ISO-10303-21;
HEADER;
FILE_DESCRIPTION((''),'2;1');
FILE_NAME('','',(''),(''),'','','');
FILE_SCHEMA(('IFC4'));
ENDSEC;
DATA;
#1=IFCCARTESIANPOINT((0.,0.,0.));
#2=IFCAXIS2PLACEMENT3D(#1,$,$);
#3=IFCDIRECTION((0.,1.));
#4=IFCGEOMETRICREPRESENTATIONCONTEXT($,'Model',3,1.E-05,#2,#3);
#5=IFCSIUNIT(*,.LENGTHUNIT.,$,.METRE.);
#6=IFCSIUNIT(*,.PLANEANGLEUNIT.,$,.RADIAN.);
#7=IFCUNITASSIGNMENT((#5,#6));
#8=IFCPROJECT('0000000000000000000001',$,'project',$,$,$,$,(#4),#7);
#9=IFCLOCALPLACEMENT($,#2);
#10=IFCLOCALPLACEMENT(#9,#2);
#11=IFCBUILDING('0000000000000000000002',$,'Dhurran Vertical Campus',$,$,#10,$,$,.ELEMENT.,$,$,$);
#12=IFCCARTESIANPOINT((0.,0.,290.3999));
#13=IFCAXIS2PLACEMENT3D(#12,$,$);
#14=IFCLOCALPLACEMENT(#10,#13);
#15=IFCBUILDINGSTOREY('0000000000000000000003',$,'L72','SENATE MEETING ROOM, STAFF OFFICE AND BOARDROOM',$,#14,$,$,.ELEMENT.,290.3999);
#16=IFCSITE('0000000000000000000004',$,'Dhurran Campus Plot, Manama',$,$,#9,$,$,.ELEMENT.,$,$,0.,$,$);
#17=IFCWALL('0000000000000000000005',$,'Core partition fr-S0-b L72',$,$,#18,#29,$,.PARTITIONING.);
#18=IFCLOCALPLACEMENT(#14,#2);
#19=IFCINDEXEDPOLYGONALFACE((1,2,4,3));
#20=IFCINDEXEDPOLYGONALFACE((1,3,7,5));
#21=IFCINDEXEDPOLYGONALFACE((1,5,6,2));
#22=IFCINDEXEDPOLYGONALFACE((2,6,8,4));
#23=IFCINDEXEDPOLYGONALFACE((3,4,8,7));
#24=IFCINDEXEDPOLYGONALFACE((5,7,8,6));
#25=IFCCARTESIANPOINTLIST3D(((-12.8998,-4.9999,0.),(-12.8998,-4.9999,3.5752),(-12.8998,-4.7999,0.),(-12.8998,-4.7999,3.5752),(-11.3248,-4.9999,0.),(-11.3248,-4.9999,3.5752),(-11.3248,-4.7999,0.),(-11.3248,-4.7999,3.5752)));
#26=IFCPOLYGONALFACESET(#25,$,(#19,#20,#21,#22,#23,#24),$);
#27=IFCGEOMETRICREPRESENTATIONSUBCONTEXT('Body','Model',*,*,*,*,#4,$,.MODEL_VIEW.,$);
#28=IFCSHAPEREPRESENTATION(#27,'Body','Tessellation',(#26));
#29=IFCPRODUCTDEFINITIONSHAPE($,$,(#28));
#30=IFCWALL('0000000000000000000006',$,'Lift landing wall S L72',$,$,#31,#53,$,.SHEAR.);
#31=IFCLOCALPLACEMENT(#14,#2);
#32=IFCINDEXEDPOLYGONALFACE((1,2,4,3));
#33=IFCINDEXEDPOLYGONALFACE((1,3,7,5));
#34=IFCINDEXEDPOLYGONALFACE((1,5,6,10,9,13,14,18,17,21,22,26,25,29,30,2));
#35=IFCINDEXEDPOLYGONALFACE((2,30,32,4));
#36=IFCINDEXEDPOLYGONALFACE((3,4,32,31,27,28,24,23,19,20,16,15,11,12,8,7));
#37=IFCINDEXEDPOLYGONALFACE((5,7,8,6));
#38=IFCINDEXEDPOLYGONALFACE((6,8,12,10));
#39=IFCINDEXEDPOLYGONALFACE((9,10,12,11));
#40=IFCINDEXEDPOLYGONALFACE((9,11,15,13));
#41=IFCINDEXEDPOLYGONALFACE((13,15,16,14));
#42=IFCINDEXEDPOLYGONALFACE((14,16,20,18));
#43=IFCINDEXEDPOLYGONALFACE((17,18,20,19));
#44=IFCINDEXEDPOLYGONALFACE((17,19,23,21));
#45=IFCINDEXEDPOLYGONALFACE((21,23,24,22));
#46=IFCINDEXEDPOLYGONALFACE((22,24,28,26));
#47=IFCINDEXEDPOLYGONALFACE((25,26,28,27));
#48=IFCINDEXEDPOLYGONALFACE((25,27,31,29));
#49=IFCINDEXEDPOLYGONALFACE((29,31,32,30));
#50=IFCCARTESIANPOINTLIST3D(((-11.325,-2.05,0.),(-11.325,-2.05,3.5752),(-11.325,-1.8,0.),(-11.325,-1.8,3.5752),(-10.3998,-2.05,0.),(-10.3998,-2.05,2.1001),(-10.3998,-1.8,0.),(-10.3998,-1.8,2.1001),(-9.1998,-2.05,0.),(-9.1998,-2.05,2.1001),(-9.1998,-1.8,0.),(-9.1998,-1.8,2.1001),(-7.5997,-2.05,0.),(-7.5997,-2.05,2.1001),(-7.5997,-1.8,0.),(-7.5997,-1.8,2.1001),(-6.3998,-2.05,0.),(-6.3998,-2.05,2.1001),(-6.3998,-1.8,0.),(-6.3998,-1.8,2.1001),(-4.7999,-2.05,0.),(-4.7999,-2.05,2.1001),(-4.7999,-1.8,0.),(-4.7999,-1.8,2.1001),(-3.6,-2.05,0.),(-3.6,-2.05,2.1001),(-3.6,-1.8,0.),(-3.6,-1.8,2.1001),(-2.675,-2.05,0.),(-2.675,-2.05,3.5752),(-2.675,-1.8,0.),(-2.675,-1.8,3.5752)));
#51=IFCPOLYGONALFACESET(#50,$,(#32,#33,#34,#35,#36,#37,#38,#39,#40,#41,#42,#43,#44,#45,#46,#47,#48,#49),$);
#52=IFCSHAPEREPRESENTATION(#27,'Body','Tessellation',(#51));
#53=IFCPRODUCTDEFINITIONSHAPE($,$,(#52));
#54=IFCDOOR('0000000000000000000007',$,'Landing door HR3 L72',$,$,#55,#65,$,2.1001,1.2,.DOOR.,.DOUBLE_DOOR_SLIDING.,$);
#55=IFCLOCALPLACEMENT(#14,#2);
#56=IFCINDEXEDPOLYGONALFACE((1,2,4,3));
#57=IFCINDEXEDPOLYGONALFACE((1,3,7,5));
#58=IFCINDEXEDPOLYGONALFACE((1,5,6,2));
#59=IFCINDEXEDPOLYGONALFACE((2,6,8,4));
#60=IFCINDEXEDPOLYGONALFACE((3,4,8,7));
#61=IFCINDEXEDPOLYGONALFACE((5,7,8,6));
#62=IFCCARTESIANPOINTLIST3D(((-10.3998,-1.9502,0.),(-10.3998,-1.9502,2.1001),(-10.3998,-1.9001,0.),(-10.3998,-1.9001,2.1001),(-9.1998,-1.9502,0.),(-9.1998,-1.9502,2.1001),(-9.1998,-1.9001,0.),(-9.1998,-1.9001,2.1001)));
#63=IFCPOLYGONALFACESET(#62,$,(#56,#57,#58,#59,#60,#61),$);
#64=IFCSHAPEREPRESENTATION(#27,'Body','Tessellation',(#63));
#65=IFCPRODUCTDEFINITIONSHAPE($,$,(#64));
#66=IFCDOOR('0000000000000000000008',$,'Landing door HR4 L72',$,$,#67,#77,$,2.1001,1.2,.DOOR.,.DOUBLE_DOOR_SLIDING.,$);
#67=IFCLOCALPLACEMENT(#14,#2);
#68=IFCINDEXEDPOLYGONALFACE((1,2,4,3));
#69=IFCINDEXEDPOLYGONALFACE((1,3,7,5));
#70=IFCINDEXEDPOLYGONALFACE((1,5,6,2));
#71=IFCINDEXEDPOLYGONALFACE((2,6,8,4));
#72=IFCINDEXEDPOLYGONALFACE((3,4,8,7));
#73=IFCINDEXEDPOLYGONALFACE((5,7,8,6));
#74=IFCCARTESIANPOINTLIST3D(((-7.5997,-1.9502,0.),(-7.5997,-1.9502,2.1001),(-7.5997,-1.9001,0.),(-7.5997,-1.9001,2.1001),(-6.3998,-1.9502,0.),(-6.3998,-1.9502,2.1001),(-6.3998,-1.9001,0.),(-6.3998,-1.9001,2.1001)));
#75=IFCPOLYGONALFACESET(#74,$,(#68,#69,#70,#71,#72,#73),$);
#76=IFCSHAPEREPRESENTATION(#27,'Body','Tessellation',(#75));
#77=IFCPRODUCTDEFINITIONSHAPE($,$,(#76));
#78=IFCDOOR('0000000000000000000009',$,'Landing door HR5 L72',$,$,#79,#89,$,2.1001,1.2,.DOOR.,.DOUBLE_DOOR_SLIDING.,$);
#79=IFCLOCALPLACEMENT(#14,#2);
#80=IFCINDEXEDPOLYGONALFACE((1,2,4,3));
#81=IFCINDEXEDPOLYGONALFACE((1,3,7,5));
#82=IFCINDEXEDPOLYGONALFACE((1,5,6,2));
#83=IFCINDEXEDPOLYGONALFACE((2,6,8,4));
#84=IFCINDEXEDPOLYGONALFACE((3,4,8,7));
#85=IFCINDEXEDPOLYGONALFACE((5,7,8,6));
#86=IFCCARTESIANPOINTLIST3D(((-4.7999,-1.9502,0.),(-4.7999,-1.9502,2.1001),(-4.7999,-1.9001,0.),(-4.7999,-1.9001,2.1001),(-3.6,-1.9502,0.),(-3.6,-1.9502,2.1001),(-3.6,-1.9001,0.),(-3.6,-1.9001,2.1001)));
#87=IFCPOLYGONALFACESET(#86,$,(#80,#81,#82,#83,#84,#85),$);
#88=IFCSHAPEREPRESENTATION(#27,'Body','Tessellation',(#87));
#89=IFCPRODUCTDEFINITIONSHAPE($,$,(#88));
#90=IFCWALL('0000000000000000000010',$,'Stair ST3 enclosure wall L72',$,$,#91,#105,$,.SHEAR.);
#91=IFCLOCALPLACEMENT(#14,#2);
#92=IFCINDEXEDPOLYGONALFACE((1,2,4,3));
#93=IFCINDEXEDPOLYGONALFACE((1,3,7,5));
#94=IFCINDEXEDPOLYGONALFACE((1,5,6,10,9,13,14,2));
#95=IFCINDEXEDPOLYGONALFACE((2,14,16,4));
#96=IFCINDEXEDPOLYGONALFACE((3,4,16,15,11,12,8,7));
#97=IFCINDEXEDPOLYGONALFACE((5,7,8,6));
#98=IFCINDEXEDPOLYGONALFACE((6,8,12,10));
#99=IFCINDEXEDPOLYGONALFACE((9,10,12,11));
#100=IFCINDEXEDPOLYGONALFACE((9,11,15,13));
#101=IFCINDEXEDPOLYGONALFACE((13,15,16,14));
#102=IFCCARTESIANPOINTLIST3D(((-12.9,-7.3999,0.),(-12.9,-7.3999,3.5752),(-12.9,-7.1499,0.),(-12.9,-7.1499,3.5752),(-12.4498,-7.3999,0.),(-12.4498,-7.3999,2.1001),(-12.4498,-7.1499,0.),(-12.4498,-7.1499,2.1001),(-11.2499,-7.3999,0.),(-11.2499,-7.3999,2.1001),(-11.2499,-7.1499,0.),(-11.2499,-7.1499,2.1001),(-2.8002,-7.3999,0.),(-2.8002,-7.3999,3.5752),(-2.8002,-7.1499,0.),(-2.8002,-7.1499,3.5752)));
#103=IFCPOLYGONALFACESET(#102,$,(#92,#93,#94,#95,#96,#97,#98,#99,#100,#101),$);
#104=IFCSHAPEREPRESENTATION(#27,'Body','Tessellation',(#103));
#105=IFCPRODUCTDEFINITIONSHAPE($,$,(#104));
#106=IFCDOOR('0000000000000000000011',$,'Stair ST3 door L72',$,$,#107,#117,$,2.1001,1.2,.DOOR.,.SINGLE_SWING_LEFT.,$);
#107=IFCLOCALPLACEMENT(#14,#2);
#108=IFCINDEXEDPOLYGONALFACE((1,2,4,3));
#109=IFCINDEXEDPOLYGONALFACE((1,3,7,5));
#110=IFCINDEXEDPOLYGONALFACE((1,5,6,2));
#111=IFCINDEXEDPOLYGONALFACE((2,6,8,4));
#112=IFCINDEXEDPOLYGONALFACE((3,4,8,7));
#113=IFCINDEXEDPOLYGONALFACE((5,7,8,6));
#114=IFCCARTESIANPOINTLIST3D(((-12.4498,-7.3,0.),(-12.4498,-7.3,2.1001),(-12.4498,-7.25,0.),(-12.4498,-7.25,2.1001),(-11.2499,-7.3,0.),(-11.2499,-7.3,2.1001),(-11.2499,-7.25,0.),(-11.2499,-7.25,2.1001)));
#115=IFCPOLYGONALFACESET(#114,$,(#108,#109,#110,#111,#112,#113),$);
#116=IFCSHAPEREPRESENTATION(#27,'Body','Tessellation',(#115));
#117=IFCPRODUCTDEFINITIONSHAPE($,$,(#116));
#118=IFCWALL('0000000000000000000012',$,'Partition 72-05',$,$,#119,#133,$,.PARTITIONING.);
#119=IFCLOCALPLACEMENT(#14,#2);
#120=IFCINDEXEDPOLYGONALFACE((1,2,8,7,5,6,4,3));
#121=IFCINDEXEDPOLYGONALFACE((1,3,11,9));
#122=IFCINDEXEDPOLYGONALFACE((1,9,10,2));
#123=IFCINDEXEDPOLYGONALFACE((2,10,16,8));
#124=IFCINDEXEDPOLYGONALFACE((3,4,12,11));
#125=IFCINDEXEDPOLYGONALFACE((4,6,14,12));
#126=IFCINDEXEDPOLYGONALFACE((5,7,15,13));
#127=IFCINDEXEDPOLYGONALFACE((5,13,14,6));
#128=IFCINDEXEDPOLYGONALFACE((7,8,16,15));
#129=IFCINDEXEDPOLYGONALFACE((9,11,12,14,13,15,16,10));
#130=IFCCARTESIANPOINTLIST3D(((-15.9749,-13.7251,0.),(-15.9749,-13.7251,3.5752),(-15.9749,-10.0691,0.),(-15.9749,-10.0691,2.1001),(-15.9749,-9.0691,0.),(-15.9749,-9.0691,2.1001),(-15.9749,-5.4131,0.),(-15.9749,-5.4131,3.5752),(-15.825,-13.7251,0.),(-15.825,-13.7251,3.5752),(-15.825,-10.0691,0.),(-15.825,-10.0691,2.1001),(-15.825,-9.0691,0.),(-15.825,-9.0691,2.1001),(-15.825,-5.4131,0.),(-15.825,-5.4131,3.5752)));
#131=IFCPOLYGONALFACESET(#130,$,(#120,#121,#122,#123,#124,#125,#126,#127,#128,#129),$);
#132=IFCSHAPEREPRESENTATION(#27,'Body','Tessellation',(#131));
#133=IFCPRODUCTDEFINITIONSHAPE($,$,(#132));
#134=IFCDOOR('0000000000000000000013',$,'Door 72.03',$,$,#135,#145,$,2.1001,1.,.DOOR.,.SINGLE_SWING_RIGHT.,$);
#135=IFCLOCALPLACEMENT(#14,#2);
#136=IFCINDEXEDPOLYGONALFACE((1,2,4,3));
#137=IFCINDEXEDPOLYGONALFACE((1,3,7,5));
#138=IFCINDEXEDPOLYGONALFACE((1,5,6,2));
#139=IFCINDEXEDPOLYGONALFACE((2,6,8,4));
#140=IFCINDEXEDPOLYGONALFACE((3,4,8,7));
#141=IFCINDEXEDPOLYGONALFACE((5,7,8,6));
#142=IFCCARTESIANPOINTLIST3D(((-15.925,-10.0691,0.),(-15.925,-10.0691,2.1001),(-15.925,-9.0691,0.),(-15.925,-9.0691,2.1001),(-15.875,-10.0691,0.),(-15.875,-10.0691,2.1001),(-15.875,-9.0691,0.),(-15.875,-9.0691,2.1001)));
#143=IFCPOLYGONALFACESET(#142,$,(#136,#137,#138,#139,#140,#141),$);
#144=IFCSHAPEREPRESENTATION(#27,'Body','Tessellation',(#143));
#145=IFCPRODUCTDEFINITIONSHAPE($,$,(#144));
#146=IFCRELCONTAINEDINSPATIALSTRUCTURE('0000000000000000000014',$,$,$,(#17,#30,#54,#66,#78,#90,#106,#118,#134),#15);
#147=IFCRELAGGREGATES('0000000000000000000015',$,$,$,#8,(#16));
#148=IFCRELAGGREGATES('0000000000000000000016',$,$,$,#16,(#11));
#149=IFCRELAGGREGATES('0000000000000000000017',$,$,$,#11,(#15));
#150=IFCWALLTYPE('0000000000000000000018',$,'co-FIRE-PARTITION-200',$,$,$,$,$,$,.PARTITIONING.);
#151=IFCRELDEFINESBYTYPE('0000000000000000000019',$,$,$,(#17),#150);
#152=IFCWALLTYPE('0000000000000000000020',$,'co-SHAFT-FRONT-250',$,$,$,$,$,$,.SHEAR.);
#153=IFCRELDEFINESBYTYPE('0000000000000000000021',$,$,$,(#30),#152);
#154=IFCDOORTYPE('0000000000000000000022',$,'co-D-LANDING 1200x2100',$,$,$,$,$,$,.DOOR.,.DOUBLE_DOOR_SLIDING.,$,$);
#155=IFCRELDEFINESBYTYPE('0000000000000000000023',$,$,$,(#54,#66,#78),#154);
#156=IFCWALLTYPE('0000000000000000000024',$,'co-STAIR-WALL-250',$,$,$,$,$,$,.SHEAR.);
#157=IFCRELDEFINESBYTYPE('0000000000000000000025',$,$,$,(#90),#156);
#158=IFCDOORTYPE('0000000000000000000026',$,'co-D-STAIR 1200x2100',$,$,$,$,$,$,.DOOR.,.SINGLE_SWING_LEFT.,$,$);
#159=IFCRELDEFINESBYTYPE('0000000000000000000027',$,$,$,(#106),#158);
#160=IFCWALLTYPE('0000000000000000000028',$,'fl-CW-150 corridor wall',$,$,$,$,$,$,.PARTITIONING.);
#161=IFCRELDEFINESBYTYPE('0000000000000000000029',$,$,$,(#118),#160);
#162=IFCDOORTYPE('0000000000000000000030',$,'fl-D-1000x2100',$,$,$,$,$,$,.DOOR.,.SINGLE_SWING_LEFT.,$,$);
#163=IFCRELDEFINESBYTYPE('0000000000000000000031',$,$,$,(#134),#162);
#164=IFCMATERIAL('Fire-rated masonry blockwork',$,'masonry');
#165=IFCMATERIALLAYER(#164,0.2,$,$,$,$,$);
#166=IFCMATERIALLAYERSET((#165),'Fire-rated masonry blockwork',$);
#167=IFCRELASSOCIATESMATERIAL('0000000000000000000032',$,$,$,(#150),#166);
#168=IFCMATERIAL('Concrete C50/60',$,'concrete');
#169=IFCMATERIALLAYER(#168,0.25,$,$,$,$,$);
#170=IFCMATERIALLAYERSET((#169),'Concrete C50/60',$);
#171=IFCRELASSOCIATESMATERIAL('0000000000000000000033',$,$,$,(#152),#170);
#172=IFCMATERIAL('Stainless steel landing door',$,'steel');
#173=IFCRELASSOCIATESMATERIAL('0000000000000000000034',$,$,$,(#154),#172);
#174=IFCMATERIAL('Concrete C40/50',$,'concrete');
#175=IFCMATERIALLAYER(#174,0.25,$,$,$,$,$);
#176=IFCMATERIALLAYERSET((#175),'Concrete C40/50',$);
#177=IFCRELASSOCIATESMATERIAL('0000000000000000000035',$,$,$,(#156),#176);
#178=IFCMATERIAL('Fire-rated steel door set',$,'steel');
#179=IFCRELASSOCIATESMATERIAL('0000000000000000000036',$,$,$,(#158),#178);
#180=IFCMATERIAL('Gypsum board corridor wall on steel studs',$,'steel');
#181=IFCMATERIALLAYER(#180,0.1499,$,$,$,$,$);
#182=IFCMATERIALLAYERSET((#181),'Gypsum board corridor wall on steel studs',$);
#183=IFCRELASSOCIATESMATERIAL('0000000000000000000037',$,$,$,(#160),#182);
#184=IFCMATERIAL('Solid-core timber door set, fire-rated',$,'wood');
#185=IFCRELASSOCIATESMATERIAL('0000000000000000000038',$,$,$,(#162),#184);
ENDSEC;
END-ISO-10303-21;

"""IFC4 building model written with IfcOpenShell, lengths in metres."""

from ifc_helpers import new_model, si_unit, direction, frame, frame_2d, origin, place, context, subcontext, project, spatial, rectangle, extrude, material, layer, layer_set, type_object, element, fill, save


model = new_model("IFC4")

# Units and contexts
model_context = context("Model", 3, precision=1e-05, world=origin(), true_north=direction((0.0, 1.0)))
body_context = subcontext(model_context, "Body", "Model", "MODEL_VIEW")
ifc_project = project(units=[si_unit("LENGTHUNIT", "METRE"), si_unit("PLANEANGLEUNIT", "RADIAN")], contexts=[model_context])

# Site, building, storey
site_placement = place(None, origin())
site = spatial("IfcSite", under=ifc_project, at=site_placement, Name="Dhurran Campus Plot, Manama", CompositionType="ELEMENT", RefElevation=0.0)
building_placement = place(site_placement, origin())
building = spatial("IfcBuilding", under=site, at=building_placement, Name="Dhurran Vertical Campus", CompositionType="ELEMENT")
storey_placement = place(building_placement, frame((0.0, 0.0, 290.3999)))
storey = spatial("IfcBuildingStorey", under=building, at=storey_placement, Name="L72", Description="SENATE MEETING ROOM, STAFF OFFICE AND BOARDROOM", CompositionType="ELEMENT", Elevation=290.3999)

# Shared definitions
ifc_material_1 = material(Name="Fire-rated masonry blockwork", Category="masonry")
ifc_layer_1 = layer(ifc_material_1, 0.2)
ifc_layer_set_1 = layer_set([ifc_layer_1], Name="Fire-rated masonry blockwork")
wall_type_1 = type_object("IfcWallType", Name="co-FIRE-PARTITION-200", PredefinedType="PARTITIONING", material=ifc_layer_set_1)

# Wall
wall_1_placement = place(storey_placement, frame((-12.8999, -4.8999, 0.0), z_axis=(0.0, 0.0, 1.0), x_axis=(1.0, 0.0, 0.0)))
element("IfcWall", 1, at=wall_1_placement, inside=storey, type_object=wall_type_1, Name="Core partition fr-S0-b L72", PredefinedType="PARTITIONING", context=body_context, shape_type="SweptSolid", body=[
    extrude(rectangle(XDim=1.575, YDim=0.2, at=frame_2d((0.7876, 0.0))), origin(), (0.0, 0.0, 1.0), 3.5752),
])

# Wall, openings, doors
ifc_material_2 = material(Name="Concrete C50/60", Category="concrete")
ifc_layer_2 = layer(ifc_material_2, 0.25)
ifc_layer_set_2 = layer_set([ifc_layer_2], Name="Concrete C50/60")
wall_type_2 = type_object("IfcWallType", Name="co-SHAFT-FRONT-250", PredefinedType="SHEAR", material=ifc_layer_set_2)
wall_2_placement = place(storey_placement, frame((-11.325, -1.925, 0.0), z_axis=(0.0, 0.0, 1.0), x_axis=(1.0, 0.0, 0.0)))
wall_2 = element("IfcWall", 2, at=wall_2_placement, inside=storey, type_object=wall_type_2, Name="Lift landing wall S L72", PredefinedType="SHEAR", context=body_context, shape_type="SweptSolid", body=[
    extrude(rectangle(XDim=8.6499, YDim=0.25, at=frame_2d((4.325, 0.0))), origin(), (0.0, 0.0, 1.0), 3.5752),
])
opening_1_placement = place(wall_2_placement, frame((0.925, 0.0, 0.0)))
opening_1 = element("IfcOpeningElement", 3, at=opening_1_placement, cuts=wall_2, PredefinedType="OPENING", context=body_context, shape_type="SweptSolid", body=[
    extrude(rectangle(XDim=1.2, YDim=2.1001, at=frame_2d((0.6001, 1.05))), frame((0.0, 0.135, 0.0), z_axis=(0.0, -1.0, 0.0), x_axis=(1.0, 0.0, 0.0)), (0.0, 0.0, 1.0), 0.27),
])
opening_2_placement = place(wall_2_placement, frame((3.7251, 0.0, 0.0)))
opening_2 = element("IfcOpeningElement", 4, at=opening_2_placement, cuts=wall_2, PredefinedType="OPENING", context=body_context, shape_type="SweptSolid", body=[
    extrude(rectangle(XDim=1.2, YDim=2.1001, at=frame_2d((0.6001, 1.05))), frame((0.0, 0.135, 0.0), z_axis=(0.0, -1.0, 0.0), x_axis=(1.0, 0.0, 0.0)), (0.0, 0.0, 1.0), 0.27),
])
opening_3_placement = place(wall_2_placement, frame((6.5249, 0.0, 0.0)))
opening_3 = element("IfcOpeningElement", 5, at=opening_3_placement, cuts=wall_2, PredefinedType="OPENING", context=body_context, shape_type="SweptSolid", body=[
    extrude(rectangle(XDim=1.2, YDim=2.1001, at=frame_2d((0.6001, 1.05))), frame((0.0, 0.135, 0.0), z_axis=(0.0, -1.0, 0.0), x_axis=(1.0, 0.0, 0.0)), (0.0, 0.0, 1.0), 0.27),
])
ifc_material_3 = material(Name="Stainless steel landing door", Category="steel")
door_type_1 = type_object("IfcDoorType", Name="co-D-LANDING 1200x2100", OperationType="DOUBLE_DOOR_SLIDING", PredefinedType="DOOR", material=ifc_material_3)
door_1_placement = place(opening_1_placement, origin())
door_1 = element("IfcDoor", 6, at=door_1_placement, inside=storey, type_object=door_type_1, Name="Landing door HR3 L72", OperationType="DOUBLE_DOOR_SLIDING", OverallHeight=2.1001, OverallWidth=1.2, PredefinedType="DOOR", context=body_context, shape_type="SweptSolid", body=[
    extrude(rectangle(XDim=1.2, YDim=2.1001, at=frame_2d((0.6001, 1.05))), frame((0.0, 0.0249, 0.0), z_axis=(0.0, -1.0, 0.0), x_axis=(1.0, 0.0, 0.0)), (0.0, 0.0, 1.0), 0.05),
])
fill(opening_1, door_1)
door_2_placement = place(opening_2_placement, origin())
door_2 = element("IfcDoor", 7, at=door_2_placement, inside=storey, type_object=door_type_1, Name="Landing door HR4 L72", OperationType="DOUBLE_DOOR_SLIDING", OverallHeight=2.1001, OverallWidth=1.2, PredefinedType="DOOR", context=body_context, shape_type="SweptSolid", body=[
    extrude(rectangle(XDim=1.2, YDim=2.1001, at=frame_2d((0.6001, 1.05))), frame((0.0, 0.0249, 0.0), z_axis=(0.0, -1.0, 0.0), x_axis=(1.0, 0.0, 0.0)), (0.0, 0.0, 1.0), 0.05),
])
fill(opening_2, door_2)
door_3_placement = place(opening_3_placement, origin())
door_3 = element("IfcDoor", 8, at=door_3_placement, inside=storey, type_object=door_type_1, Name="Landing door HR5 L72", OperationType="DOUBLE_DOOR_SLIDING", OverallHeight=2.1001, OverallWidth=1.2, PredefinedType="DOOR", context=body_context, shape_type="SweptSolid", body=[
    extrude(rectangle(XDim=1.2, YDim=2.1001, at=frame_2d((0.6001, 1.05))), frame((0.0, 0.0249, 0.0), z_axis=(0.0, -1.0, 0.0), x_axis=(1.0, 0.0, 0.0)), (0.0, 0.0, 1.0), 0.05),
])
fill(opening_3, door_3)

# Walls, openings, doors
ifc_material_4 = material(Name="Concrete C40/50", Category="concrete")
ifc_layer_3 = layer(ifc_material_4, 0.25)
ifc_layer_set_3 = layer_set([ifc_layer_3], Name="Concrete C40/50")
wall_type_3 = type_object("IfcWallType", Name="co-STAIR-WALL-250", PredefinedType="SHEAR", material=ifc_layer_set_3)
wall_3_placement = place(storey_placement, frame((-12.8999, -7.2749, 0.0), z_axis=(0.0, 0.0, 1.0), x_axis=(1.0, 0.0, 0.0)))
wall_3 = element("IfcWall", 9, at=wall_3_placement, inside=storey, type_object=wall_type_3, Name="Stair ST3 enclosure wall L72", PredefinedType="SHEAR", context=body_context, shape_type="SweptSolid", body=[
    extrude(rectangle(XDim=10.0999, YDim=0.25, at=frame_2d((5.0498, 0.0))), origin(), (0.0, 0.0, 1.0), 3.5752),
])
opening_4_placement = place(wall_3_placement, frame((0.45, 0.0, 0.0)))
opening_4 = element("IfcOpeningElement", 10, at=opening_4_placement, cuts=wall_3, PredefinedType="OPENING", context=body_context, shape_type="SweptSolid", body=[
    extrude(rectangle(XDim=1.2, YDim=2.1001, at=frame_2d((0.6001, 1.05))), frame((0.0, 0.135, 0.0), z_axis=(0.0, -1.0, 0.0), x_axis=(1.0, 0.0, 0.0)), (0.0, 0.0, 1.0), 0.27),
])
ifc_material_5 = material(Name="Fire-rated steel door set", Category="steel")
door_type_2 = type_object("IfcDoorType", Name="co-D-STAIR 1200x2100", OperationType="SINGLE_SWING_LEFT", PredefinedType="DOOR", material=ifc_material_5)
door_4_placement = place(opening_4_placement, origin())
door_4 = element("IfcDoor", 11, at=door_4_placement, inside=storey, type_object=door_type_2, Name="Stair ST3 door L72", OperationType="SINGLE_SWING_LEFT", OverallHeight=2.1001, OverallWidth=1.2, PredefinedType="DOOR", context=body_context, shape_type="SweptSolid", body=[
    extrude(rectangle(XDim=1.2, YDim=2.1001, at=frame_2d((0.6001, 1.05))), frame((0.0, 0.0249, 0.0), z_axis=(0.0, -1.0, 0.0), x_axis=(1.0, 0.0, 0.0)), (0.0, 0.0, 1.0), 0.05),
])
fill(opening_4, door_4)
ifc_material_6 = material(Name="Gypsum board corridor wall on steel studs", Category="steel")
ifc_layer_4 = layer(ifc_material_6, 0.1499)
ifc_layer_set_4 = layer_set([ifc_layer_4], Name="Gypsum board corridor wall on steel studs")
wall_type_4 = type_object("IfcWallType", Name="fl-CW-150 corridor wall", PredefinedType="PARTITIONING", material=ifc_layer_set_4)
wall_4_placement = place(storey_placement, frame((-15.8999, -5.4131, 0.0), z_axis=(0.0, 0.0, 1.0), x_axis=(0.0, -1.0, 0.0)))
wall_4 = element("IfcWall", 12, at=wall_4_placement, inside=storey, type_object=wall_type_4, Name="Partition 72-05", PredefinedType="PARTITIONING", context=body_context, shape_type="SweptSolid", body=[
    extrude(rectangle(XDim=8.312, YDim=0.1499, at=frame_2d((4.156, 0.0))), origin(), (0.0, 0.0, 1.0), 3.5752),
])
opening_5_placement = place(wall_4_placement, frame((3.656, 0.0, 0.0)))
opening_5 = element("IfcOpeningElement", 13, at=opening_5_placement, cuts=wall_4, PredefinedType="OPENING", context=body_context, shape_type="SweptSolid", body=[
    extrude(rectangle(XDim=1.0, YDim=2.1001, at=frame_2d((0.5, 1.05))), frame((0.0, 0.085, 0.0), z_axis=(0.0, -1.0, 0.0), x_axis=(1.0, 0.0, 0.0)), (0.0, 0.0, 1.0), 0.1699),
])
ifc_material_7 = material(Name="Solid-core timber door set, fire-rated", Category="wood")
door_type_3 = type_object("IfcDoorType", Name="fl-D-1000x2100", OperationType="SINGLE_SWING_LEFT", PredefinedType="DOOR", material=ifc_material_7)
door_5_placement = place(opening_5_placement, origin())
door_5 = element("IfcDoor", 14, at=door_5_placement, inside=storey, type_object=door_type_3, Name="Door 72.03", OperationType="SINGLE_SWING_RIGHT", OverallHeight=2.1001, OverallWidth=1.0, PredefinedType="DOOR", context=body_context, shape_type="SweptSolid", body=[
    extrude(rectangle(XDim=1.0, YDim=2.1001, at=frame_2d((0.5, 1.05))), frame((0.0, 0.0249, 0.0), z_axis=(0.0, -1.0, 0.0), x_axis=(1.0, 0.0, 0.0)), (0.0, 0.0, 1.0), 0.05),
])
fill(opening_5, door_5)

save(model, "model.ifc")
